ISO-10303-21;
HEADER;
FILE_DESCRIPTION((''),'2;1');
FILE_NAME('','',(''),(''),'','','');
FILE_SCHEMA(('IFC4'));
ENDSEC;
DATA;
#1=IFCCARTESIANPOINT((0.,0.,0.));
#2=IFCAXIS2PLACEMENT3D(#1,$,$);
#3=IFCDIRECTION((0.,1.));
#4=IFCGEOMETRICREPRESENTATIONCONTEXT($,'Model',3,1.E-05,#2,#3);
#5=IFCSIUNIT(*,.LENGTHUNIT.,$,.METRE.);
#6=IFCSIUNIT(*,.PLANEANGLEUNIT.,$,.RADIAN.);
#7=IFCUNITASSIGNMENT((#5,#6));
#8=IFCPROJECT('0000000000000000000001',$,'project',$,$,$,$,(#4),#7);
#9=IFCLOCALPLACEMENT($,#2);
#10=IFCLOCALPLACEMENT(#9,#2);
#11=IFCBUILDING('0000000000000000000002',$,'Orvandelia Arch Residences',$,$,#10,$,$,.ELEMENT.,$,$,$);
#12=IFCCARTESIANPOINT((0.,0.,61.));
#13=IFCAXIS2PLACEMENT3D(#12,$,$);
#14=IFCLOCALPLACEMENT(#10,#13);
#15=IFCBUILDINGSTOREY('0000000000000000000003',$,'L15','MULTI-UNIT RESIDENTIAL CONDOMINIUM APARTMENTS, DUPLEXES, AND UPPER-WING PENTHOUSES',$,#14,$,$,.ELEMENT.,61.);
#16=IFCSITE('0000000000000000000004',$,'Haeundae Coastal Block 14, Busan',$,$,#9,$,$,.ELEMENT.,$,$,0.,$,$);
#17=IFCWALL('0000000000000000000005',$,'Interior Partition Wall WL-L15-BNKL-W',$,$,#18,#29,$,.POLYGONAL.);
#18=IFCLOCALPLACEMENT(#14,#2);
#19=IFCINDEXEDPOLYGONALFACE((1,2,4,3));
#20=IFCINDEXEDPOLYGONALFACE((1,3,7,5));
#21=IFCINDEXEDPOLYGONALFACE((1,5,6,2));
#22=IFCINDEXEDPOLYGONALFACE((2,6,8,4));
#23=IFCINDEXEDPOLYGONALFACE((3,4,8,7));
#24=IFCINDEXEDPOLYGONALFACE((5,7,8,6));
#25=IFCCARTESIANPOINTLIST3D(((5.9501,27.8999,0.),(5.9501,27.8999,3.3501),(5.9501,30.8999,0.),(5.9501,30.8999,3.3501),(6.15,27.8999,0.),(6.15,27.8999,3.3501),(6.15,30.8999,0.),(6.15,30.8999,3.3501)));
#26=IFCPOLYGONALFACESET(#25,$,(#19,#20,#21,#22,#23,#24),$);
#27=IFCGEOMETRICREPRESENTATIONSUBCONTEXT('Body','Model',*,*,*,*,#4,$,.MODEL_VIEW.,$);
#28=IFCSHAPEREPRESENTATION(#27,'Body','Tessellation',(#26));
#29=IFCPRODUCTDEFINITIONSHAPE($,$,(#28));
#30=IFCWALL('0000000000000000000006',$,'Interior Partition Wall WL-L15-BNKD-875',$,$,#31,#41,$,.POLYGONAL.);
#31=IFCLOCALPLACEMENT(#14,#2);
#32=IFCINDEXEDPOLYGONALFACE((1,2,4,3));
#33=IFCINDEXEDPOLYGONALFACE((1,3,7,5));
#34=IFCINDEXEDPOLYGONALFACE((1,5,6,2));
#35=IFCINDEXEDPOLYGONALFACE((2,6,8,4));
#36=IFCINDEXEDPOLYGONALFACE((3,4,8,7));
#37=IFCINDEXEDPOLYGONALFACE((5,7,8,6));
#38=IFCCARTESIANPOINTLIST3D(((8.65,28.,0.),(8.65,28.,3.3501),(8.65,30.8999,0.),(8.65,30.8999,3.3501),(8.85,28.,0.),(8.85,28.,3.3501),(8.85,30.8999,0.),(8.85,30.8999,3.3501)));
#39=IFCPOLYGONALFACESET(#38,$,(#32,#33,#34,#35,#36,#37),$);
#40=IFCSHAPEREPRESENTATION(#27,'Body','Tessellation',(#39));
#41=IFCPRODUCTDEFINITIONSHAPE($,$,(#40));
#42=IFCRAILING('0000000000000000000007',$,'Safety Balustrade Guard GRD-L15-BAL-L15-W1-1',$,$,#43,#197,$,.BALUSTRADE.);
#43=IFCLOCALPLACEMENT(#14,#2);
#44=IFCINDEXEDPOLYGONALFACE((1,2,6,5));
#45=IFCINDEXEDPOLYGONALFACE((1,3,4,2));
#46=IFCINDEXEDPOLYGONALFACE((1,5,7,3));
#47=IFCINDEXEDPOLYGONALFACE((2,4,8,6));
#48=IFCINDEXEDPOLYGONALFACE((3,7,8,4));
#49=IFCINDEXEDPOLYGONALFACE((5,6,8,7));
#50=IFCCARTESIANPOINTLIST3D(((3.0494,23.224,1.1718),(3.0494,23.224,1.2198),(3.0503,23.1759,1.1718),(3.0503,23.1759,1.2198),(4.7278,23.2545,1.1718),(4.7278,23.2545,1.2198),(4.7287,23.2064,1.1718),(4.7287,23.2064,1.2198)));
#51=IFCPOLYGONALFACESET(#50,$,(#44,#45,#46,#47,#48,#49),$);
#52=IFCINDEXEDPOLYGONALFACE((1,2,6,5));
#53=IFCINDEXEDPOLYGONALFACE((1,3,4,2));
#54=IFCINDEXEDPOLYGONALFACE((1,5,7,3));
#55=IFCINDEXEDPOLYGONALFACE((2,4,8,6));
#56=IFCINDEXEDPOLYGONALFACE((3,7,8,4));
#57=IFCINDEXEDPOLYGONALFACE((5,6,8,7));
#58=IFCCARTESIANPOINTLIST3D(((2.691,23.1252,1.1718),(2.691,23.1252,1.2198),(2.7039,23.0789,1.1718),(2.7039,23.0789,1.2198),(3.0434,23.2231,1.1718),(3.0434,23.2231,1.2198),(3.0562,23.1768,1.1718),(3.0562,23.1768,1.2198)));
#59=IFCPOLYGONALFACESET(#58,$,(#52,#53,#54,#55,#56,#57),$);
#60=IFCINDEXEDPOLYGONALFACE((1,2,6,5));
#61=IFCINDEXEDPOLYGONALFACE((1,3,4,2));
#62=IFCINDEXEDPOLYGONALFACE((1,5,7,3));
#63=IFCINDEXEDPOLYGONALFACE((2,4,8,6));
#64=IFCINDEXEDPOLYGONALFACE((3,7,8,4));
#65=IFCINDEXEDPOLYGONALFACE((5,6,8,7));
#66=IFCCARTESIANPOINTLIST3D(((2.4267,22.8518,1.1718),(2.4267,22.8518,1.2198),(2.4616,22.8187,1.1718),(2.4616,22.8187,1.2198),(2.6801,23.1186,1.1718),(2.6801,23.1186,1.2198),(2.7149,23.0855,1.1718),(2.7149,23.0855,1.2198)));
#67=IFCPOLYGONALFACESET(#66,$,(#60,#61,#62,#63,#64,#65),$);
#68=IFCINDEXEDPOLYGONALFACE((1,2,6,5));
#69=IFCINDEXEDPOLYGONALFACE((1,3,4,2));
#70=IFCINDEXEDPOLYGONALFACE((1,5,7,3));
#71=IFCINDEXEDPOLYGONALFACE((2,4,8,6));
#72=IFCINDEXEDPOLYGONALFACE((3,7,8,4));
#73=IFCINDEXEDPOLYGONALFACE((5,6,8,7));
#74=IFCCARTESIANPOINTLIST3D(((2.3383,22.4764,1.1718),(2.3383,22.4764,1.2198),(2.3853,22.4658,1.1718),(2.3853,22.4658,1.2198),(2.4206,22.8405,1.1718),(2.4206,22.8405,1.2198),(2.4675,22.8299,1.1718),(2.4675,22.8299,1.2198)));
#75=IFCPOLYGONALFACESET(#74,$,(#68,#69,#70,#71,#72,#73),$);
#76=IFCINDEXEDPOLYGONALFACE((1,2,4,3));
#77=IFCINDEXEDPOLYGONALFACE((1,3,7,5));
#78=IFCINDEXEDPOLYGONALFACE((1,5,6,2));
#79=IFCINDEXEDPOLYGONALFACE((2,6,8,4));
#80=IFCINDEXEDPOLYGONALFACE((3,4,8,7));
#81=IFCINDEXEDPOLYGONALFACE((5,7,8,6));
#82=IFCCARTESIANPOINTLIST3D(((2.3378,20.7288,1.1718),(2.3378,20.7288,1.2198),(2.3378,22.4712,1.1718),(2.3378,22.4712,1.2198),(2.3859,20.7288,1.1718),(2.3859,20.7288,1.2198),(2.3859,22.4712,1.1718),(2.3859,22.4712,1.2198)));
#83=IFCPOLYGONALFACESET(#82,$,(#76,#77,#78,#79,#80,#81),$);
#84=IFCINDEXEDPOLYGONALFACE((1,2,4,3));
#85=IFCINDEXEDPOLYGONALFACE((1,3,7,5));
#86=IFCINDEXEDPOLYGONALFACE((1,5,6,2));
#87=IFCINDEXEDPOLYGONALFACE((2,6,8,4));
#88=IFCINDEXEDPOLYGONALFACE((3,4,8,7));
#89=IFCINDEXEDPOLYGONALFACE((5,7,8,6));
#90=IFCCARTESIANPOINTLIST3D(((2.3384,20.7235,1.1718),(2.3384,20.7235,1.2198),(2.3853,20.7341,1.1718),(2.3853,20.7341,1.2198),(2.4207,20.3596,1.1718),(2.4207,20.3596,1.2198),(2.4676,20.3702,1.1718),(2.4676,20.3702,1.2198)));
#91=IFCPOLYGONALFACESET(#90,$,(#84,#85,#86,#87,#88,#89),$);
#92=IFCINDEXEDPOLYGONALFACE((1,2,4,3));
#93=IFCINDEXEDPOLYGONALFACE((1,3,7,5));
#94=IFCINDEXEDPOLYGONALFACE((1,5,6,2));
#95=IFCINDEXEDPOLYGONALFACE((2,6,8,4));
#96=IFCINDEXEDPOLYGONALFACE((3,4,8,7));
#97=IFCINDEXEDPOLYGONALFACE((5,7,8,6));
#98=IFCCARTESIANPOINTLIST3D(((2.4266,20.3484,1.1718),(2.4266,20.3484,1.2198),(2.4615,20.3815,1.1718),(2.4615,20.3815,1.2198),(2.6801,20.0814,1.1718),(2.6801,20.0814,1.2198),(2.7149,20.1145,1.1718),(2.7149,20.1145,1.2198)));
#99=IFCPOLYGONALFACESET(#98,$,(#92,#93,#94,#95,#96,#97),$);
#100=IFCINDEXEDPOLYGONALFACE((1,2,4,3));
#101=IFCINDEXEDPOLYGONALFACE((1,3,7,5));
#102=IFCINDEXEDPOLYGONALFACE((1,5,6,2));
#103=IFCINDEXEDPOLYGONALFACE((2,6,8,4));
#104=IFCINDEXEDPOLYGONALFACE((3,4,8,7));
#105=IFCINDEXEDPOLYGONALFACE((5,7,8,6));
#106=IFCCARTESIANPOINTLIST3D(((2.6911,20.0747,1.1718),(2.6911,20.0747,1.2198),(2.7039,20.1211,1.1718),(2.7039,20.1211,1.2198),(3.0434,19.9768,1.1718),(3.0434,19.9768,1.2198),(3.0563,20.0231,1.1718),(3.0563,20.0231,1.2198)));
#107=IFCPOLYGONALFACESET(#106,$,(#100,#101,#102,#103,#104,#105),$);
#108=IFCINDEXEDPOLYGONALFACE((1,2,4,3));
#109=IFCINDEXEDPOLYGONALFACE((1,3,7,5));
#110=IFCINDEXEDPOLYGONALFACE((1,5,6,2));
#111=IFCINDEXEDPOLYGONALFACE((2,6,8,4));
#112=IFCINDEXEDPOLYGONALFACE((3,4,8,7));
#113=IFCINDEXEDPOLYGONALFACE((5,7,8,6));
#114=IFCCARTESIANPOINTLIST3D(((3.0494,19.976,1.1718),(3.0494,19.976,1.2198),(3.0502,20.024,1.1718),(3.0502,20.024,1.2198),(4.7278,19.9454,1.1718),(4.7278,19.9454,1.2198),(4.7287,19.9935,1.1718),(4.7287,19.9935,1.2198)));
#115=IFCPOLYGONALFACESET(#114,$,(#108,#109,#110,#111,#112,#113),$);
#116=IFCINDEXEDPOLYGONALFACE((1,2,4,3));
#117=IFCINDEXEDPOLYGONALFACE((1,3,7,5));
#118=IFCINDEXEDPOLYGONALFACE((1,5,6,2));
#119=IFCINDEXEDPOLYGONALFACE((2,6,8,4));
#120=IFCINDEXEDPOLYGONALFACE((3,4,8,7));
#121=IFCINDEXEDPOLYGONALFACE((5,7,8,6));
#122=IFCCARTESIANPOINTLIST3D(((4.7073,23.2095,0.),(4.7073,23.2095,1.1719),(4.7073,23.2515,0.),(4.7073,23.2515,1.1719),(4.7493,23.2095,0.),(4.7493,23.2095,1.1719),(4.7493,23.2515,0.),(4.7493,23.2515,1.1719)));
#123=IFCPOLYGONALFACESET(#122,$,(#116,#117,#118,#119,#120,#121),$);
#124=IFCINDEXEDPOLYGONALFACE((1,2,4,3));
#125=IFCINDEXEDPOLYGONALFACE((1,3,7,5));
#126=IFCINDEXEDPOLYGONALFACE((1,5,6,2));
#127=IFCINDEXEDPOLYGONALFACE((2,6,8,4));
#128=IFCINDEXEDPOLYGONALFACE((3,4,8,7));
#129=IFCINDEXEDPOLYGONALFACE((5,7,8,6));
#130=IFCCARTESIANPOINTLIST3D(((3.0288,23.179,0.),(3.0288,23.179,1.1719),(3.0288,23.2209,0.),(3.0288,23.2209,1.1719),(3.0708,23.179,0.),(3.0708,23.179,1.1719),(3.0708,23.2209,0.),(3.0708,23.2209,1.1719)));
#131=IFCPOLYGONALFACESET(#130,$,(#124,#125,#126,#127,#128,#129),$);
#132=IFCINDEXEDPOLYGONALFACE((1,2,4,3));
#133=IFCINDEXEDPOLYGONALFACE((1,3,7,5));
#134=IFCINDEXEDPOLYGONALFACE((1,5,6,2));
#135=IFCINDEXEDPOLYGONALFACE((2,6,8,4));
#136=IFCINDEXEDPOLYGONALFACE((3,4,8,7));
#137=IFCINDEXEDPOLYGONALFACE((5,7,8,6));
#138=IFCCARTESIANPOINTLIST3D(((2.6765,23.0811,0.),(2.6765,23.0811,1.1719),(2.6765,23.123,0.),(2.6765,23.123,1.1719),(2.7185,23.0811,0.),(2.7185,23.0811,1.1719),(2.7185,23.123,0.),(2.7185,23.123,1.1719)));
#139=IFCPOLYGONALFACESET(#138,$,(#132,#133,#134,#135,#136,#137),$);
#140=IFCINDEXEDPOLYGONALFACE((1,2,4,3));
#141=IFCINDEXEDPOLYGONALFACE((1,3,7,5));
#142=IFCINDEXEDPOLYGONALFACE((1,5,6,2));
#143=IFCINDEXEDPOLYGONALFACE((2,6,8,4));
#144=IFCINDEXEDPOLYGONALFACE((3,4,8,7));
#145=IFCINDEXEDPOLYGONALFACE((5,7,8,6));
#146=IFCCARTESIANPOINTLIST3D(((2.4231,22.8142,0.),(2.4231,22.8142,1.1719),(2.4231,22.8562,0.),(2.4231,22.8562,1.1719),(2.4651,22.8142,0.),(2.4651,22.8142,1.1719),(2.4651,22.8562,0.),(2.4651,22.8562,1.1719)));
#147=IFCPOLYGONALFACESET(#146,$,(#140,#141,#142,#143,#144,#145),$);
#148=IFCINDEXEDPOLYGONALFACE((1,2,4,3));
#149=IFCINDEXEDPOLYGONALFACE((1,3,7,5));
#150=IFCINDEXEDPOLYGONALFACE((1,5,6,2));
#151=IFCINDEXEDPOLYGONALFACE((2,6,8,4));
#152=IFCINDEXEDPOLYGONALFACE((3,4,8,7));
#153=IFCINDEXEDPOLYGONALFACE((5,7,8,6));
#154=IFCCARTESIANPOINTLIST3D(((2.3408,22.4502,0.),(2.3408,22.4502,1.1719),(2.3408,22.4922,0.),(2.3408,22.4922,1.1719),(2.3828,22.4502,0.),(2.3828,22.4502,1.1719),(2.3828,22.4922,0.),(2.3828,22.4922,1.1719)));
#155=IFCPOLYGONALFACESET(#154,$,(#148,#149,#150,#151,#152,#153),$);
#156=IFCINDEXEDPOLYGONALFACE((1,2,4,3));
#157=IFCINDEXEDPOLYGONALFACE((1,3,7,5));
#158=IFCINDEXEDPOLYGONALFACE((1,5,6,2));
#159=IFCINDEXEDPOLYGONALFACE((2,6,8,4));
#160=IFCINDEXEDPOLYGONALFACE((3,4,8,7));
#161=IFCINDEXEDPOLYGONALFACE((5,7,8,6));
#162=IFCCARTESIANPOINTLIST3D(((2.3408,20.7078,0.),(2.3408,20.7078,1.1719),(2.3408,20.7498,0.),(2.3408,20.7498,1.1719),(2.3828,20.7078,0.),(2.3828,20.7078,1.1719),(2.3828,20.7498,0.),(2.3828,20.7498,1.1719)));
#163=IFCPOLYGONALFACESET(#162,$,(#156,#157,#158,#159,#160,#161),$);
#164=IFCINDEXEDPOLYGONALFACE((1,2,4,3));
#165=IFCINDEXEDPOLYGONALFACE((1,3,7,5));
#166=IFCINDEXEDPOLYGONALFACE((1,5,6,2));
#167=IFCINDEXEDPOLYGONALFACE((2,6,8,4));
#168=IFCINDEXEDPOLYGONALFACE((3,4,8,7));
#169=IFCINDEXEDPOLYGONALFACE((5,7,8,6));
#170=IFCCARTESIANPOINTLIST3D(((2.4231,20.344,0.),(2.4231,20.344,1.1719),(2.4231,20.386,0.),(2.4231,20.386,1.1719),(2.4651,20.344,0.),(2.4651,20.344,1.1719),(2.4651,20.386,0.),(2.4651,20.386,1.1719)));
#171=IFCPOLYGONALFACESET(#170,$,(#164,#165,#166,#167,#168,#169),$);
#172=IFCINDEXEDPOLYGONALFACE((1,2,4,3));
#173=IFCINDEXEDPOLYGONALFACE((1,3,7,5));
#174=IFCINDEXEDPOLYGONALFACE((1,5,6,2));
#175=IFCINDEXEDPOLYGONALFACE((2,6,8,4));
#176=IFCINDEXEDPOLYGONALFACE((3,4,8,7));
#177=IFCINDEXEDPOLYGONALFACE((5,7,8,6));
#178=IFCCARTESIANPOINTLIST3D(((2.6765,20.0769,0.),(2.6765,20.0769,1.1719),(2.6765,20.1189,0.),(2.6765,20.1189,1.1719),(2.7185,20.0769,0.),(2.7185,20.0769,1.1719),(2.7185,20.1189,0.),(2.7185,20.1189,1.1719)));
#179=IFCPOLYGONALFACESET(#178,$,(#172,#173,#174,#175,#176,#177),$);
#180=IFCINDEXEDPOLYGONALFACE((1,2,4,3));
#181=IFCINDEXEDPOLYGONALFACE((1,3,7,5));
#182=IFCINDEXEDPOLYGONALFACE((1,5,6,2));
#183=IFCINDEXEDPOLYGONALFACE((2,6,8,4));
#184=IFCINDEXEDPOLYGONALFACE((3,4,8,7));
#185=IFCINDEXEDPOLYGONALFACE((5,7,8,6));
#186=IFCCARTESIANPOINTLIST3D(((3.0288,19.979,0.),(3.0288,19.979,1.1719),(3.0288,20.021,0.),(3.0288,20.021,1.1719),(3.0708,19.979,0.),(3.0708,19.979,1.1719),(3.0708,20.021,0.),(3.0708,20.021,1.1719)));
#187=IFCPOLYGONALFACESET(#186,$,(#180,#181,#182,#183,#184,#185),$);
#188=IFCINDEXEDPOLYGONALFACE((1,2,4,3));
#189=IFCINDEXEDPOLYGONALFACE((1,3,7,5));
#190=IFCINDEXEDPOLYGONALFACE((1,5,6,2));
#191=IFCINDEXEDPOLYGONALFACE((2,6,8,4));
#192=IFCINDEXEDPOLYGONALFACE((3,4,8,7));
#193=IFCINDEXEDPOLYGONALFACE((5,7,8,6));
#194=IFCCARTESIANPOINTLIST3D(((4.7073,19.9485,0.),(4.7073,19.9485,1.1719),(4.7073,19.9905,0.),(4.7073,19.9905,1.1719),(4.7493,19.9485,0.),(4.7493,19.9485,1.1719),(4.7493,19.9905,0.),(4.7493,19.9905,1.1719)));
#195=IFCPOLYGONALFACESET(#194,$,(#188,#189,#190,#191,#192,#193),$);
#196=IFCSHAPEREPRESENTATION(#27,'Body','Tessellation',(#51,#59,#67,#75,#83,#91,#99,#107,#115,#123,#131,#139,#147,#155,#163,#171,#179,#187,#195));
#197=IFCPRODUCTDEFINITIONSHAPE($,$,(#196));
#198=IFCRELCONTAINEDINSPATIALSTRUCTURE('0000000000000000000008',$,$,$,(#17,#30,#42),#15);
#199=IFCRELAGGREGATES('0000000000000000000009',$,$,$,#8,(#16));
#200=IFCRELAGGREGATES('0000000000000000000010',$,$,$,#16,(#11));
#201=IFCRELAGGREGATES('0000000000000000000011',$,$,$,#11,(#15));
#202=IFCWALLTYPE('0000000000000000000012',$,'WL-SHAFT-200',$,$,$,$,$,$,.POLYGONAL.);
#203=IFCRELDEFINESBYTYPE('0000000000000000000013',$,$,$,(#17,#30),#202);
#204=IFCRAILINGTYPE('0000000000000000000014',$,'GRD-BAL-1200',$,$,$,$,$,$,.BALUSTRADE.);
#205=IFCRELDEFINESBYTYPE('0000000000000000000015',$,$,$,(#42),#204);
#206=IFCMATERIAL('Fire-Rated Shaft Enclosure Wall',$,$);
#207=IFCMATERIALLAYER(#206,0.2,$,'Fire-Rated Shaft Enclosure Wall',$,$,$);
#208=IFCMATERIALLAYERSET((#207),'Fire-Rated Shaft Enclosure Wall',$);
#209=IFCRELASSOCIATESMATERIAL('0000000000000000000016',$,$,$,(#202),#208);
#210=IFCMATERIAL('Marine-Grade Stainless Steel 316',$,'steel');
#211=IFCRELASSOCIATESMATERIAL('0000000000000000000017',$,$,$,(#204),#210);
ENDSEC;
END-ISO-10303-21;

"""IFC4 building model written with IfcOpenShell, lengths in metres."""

from ifc_helpers import new_model, si_unit, direction, frame, frame_2d, origin, origin_2d, place, context, subcontext, project, spatial, rectangle, extrude, material, layer, layer_set, type_object, element, save


model = new_model("IFC4")

# Units and contexts
model_context = context("Model", 3, precision=1e-05, world=origin(), true_north=direction((0.0, 1.0)))
body_context = subcontext(model_context, "Body", "Model", "MODEL_VIEW")
ifc_project = project(units=[si_unit("LENGTHUNIT", "METRE"), si_unit("PLANEANGLEUNIT", "RADIAN")], contexts=[model_context])

# Site, building, storey
site_placement = place(None, origin())
site = spatial("IfcSite", under=ifc_project, at=site_placement, Name="Haeundae Coastal Block 14, Busan", CompositionType="ELEMENT", RefElevation=0.0)
building_placement = place(site_placement, origin())
building = spatial("IfcBuilding", under=site, at=building_placement, Name="Orvandelia Arch Residences", CompositionType="ELEMENT")
storey_placement = place(building_placement, frame((0.0, 0.0, 61.0)))
storey = spatial("IfcBuildingStorey", under=building, at=storey_placement, Name="L15", Description="MULTI-UNIT RESIDENTIAL CONDOMINIUM APARTMENTS, DUPLEXES, AND UPPER-WING PENTHOUSES", CompositionType="ELEMENT", Elevation=61.0)

# Shared definitions
ifc_material_1 = material(Name="Fire-Rated Shaft Enclosure Wall")
ifc_layer_1 = layer(ifc_material_1, 0.2, Name="Fire-Rated Shaft Enclosure Wall")
ifc_layer_set_1 = layer_set([ifc_layer_1], Name="Fire-Rated Shaft Enclosure Wall")
wall_type_1 = type_object("IfcWallType", Name="WL-SHAFT-200", PredefinedType="POLYGONAL", material=ifc_layer_set_1)

# Walls
wall_1_placement = place(storey_placement, frame((6.05, 27.8999, 0.0), z_axis=(0.0, 0.0, 1.0), x_axis=(0.0, 1.0, 0.0)))
element("IfcWall", 1, at=wall_1_placement, inside=storey, type_object=wall_type_1, Name="Interior Partition Wall WL-L15-BNKL-W", PredefinedType="POLYGONAL", context=body_context, shape_type="SweptSolid", body=[
    extrude(rectangle(XDim=3.0, YDim=0.2, at=frame_2d((1.5, 0.0))), origin(), (0.0, 0.0, 1.0), 3.3501),
])
wall_2_placement = place(storey_placement, frame((8.75, 28.0, 0.0), z_axis=(0.0, 0.0, 1.0), x_axis=(0.0, 1.0, 0.0)))
element("IfcWall", 2, at=wall_2_placement, inside=storey, type_object=wall_type_1, Name="Interior Partition Wall WL-L15-BNKD-875", PredefinedType="POLYGONAL", context=body_context, shape_type="SweptSolid", body=[
    extrude(rectangle(XDim=2.8999, YDim=0.2, at=frame_2d((1.45, 0.0))), origin(), (0.0, 0.0, 1.0), 3.3501),
])

# Railing
ifc_material_2 = material(Name="Marine-Grade Stainless Steel 316", Category="steel")
railing_type = type_object("IfcRailingType", Name="GRD-BAL-1200", PredefinedType="BALUSTRADE", material=ifc_material_2)
railing_placement = place(storey_placement, frame((4.7283, 23.2305, 0.0)))
element("IfcRailing", 3, at=railing_placement, inside=storey, type_object=railing_type, Name="Safety Balustrade Guard GRD-L15-BAL-L15-W1-1", PredefinedType="BALUSTRADE", context=body_context, shape_type="SweptSolid", body=[
    extrude(rectangle(XDim=0.0481, YDim=0.0481, at=origin_2d()), frame((0.0, 0.0, 1.1958), z_axis=(-0.999835, -0.018179, 0.0), x_axis=(0.018179, -0.999835, 0.0)), (0.0, 0.0, 1.0), 1.6787),
    extrude(rectangle(XDim=0.0481, YDim=0.0481, at=origin_2d()), frame((-1.6785, -0.0305, 1.1958), z_axis=(-0.963489, -0.267747, 0.0), x_axis=(0.267747, -0.963489, 0.0)), (0.0, 0.0, 1.0), 0.3657),
    extrude(rectangle(XDim=0.0481, YDim=0.0481, at=origin_2d()), frame((-2.0308, -0.1284, 1.1958), z_axis=(-0.688627, -0.725115, 0.0), x_axis=(0.725115, -0.688627, 0.0)), (0.0, 0.0, 1.0), 0.3679),
    extrude(rectangle(XDim=0.0481, YDim=0.0481, at=origin_2d()), frame((-2.2842, -0.3953, 1.1958), z_axis=(-0.220462, -0.975396, 0.0), x_axis=(0.975396, -0.220462, 0.0)), (0.0, 0.0, 1.0), 0.3733),
    extrude(rectangle(XDim=0.0481, YDim=0.0481, at=origin_2d()), frame((-2.3665, -0.7593, 1.1958), z_axis=(0.0, -1.0, 0.0), x_axis=(1.0, 0.0, 0.0)), (0.0, 0.0, 1.0), 1.7424),
    extrude(rectangle(XDim=0.0481, YDim=0.0481, at=origin_2d()), frame((-2.3665, -2.5017, 1.1958), z_axis=(0.220602, -0.975364, 0.0), x_axis=(0.975364, 0.220602, 0.0)), (0.0, 0.0, 1.0), 0.373),
    extrude(rectangle(XDim=0.0481, YDim=0.0481, at=origin_2d()), frame((-2.2842, -2.8655, 1.1958), z_axis=(0.688296, -0.72543, 0.0), x_axis=(0.72543, 0.688296, 0.0)), (0.0, 0.0, 1.0), 0.3682),
    extrude(rectangle(XDim=0.0481, YDim=0.0481, at=origin_2d()), frame((-2.0308, -3.1326, 1.1958), z_axis=(0.963489, -0.267747, 0.0), x_axis=(0.267747, 0.963489, 0.0)), (0.0, 0.0, 1.0), 0.3657),
    extrude(rectangle(XDim=0.0481, YDim=0.0481, at=origin_2d()), frame((-1.6785, -3.2305, 1.1958), z_axis=(0.999835, -0.018179, 0.0), x_axis=(0.018179, 0.999835, 0.0)), (0.0, 0.0, 1.0), 1.6787),
    extrude(rectangle(XDim=0.042, YDim=0.042, at=origin_2d()), origin(), (0.0, 0.0, 1.0), 1.1719),
    extrude(rectangle(XDim=0.042, YDim=0.042, at=origin_2d()), frame((-1.6785, -0.0305, 0.0)), (0.0, 0.0, 1.0), 1.1719),
    extrude(rectangle(XDim=0.042, YDim=0.042, at=origin_2d()), frame((-2.0308, -0.1284, 0.0)), (0.0, 0.0, 1.0), 1.1719),
    extrude(rectangle(XDim=0.042, YDim=0.042, at=origin_2d()), frame((-2.2842, -0.3953, 0.0)), (0.0, 0.0, 1.0), 1.1719),
    extrude(rectangle(XDim=0.042, YDim=0.042, at=origin_2d()), frame((-2.3665, -0.7593, 0.0)), (0.0, 0.0, 1.0), 1.1719),
    extrude(rectangle(XDim=0.042, YDim=0.042, at=origin_2d()), frame((-2.3665, -2.5017, 0.0)), (0.0, 0.0, 1.0), 1.1719),
    extrude(rectangle(XDim=0.042, YDim=0.042, at=origin_2d()), frame((-2.2842, -2.8655, 0.0)), (0.0, 0.0, 1.0), 1.1719),
    extrude(rectangle(XDim=0.042, YDim=0.042, at=origin_2d()), frame((-2.0308, -3.1326, 0.0)), (0.0, 0.0, 1.0), 1.1719),
    extrude(rectangle(XDim=0.042, YDim=0.042, at=origin_2d()), frame((-1.6785, -3.2305, 0.0)), (0.0, 0.0, 1.0), 1.1719),
    extrude(rectangle(XDim=0.042, YDim=0.042, at=origin_2d()), frame((0.0, -3.261, 0.0)), (0.0, 0.0, 1.0), 1.1719),
])

save(model, "model.ifc")
